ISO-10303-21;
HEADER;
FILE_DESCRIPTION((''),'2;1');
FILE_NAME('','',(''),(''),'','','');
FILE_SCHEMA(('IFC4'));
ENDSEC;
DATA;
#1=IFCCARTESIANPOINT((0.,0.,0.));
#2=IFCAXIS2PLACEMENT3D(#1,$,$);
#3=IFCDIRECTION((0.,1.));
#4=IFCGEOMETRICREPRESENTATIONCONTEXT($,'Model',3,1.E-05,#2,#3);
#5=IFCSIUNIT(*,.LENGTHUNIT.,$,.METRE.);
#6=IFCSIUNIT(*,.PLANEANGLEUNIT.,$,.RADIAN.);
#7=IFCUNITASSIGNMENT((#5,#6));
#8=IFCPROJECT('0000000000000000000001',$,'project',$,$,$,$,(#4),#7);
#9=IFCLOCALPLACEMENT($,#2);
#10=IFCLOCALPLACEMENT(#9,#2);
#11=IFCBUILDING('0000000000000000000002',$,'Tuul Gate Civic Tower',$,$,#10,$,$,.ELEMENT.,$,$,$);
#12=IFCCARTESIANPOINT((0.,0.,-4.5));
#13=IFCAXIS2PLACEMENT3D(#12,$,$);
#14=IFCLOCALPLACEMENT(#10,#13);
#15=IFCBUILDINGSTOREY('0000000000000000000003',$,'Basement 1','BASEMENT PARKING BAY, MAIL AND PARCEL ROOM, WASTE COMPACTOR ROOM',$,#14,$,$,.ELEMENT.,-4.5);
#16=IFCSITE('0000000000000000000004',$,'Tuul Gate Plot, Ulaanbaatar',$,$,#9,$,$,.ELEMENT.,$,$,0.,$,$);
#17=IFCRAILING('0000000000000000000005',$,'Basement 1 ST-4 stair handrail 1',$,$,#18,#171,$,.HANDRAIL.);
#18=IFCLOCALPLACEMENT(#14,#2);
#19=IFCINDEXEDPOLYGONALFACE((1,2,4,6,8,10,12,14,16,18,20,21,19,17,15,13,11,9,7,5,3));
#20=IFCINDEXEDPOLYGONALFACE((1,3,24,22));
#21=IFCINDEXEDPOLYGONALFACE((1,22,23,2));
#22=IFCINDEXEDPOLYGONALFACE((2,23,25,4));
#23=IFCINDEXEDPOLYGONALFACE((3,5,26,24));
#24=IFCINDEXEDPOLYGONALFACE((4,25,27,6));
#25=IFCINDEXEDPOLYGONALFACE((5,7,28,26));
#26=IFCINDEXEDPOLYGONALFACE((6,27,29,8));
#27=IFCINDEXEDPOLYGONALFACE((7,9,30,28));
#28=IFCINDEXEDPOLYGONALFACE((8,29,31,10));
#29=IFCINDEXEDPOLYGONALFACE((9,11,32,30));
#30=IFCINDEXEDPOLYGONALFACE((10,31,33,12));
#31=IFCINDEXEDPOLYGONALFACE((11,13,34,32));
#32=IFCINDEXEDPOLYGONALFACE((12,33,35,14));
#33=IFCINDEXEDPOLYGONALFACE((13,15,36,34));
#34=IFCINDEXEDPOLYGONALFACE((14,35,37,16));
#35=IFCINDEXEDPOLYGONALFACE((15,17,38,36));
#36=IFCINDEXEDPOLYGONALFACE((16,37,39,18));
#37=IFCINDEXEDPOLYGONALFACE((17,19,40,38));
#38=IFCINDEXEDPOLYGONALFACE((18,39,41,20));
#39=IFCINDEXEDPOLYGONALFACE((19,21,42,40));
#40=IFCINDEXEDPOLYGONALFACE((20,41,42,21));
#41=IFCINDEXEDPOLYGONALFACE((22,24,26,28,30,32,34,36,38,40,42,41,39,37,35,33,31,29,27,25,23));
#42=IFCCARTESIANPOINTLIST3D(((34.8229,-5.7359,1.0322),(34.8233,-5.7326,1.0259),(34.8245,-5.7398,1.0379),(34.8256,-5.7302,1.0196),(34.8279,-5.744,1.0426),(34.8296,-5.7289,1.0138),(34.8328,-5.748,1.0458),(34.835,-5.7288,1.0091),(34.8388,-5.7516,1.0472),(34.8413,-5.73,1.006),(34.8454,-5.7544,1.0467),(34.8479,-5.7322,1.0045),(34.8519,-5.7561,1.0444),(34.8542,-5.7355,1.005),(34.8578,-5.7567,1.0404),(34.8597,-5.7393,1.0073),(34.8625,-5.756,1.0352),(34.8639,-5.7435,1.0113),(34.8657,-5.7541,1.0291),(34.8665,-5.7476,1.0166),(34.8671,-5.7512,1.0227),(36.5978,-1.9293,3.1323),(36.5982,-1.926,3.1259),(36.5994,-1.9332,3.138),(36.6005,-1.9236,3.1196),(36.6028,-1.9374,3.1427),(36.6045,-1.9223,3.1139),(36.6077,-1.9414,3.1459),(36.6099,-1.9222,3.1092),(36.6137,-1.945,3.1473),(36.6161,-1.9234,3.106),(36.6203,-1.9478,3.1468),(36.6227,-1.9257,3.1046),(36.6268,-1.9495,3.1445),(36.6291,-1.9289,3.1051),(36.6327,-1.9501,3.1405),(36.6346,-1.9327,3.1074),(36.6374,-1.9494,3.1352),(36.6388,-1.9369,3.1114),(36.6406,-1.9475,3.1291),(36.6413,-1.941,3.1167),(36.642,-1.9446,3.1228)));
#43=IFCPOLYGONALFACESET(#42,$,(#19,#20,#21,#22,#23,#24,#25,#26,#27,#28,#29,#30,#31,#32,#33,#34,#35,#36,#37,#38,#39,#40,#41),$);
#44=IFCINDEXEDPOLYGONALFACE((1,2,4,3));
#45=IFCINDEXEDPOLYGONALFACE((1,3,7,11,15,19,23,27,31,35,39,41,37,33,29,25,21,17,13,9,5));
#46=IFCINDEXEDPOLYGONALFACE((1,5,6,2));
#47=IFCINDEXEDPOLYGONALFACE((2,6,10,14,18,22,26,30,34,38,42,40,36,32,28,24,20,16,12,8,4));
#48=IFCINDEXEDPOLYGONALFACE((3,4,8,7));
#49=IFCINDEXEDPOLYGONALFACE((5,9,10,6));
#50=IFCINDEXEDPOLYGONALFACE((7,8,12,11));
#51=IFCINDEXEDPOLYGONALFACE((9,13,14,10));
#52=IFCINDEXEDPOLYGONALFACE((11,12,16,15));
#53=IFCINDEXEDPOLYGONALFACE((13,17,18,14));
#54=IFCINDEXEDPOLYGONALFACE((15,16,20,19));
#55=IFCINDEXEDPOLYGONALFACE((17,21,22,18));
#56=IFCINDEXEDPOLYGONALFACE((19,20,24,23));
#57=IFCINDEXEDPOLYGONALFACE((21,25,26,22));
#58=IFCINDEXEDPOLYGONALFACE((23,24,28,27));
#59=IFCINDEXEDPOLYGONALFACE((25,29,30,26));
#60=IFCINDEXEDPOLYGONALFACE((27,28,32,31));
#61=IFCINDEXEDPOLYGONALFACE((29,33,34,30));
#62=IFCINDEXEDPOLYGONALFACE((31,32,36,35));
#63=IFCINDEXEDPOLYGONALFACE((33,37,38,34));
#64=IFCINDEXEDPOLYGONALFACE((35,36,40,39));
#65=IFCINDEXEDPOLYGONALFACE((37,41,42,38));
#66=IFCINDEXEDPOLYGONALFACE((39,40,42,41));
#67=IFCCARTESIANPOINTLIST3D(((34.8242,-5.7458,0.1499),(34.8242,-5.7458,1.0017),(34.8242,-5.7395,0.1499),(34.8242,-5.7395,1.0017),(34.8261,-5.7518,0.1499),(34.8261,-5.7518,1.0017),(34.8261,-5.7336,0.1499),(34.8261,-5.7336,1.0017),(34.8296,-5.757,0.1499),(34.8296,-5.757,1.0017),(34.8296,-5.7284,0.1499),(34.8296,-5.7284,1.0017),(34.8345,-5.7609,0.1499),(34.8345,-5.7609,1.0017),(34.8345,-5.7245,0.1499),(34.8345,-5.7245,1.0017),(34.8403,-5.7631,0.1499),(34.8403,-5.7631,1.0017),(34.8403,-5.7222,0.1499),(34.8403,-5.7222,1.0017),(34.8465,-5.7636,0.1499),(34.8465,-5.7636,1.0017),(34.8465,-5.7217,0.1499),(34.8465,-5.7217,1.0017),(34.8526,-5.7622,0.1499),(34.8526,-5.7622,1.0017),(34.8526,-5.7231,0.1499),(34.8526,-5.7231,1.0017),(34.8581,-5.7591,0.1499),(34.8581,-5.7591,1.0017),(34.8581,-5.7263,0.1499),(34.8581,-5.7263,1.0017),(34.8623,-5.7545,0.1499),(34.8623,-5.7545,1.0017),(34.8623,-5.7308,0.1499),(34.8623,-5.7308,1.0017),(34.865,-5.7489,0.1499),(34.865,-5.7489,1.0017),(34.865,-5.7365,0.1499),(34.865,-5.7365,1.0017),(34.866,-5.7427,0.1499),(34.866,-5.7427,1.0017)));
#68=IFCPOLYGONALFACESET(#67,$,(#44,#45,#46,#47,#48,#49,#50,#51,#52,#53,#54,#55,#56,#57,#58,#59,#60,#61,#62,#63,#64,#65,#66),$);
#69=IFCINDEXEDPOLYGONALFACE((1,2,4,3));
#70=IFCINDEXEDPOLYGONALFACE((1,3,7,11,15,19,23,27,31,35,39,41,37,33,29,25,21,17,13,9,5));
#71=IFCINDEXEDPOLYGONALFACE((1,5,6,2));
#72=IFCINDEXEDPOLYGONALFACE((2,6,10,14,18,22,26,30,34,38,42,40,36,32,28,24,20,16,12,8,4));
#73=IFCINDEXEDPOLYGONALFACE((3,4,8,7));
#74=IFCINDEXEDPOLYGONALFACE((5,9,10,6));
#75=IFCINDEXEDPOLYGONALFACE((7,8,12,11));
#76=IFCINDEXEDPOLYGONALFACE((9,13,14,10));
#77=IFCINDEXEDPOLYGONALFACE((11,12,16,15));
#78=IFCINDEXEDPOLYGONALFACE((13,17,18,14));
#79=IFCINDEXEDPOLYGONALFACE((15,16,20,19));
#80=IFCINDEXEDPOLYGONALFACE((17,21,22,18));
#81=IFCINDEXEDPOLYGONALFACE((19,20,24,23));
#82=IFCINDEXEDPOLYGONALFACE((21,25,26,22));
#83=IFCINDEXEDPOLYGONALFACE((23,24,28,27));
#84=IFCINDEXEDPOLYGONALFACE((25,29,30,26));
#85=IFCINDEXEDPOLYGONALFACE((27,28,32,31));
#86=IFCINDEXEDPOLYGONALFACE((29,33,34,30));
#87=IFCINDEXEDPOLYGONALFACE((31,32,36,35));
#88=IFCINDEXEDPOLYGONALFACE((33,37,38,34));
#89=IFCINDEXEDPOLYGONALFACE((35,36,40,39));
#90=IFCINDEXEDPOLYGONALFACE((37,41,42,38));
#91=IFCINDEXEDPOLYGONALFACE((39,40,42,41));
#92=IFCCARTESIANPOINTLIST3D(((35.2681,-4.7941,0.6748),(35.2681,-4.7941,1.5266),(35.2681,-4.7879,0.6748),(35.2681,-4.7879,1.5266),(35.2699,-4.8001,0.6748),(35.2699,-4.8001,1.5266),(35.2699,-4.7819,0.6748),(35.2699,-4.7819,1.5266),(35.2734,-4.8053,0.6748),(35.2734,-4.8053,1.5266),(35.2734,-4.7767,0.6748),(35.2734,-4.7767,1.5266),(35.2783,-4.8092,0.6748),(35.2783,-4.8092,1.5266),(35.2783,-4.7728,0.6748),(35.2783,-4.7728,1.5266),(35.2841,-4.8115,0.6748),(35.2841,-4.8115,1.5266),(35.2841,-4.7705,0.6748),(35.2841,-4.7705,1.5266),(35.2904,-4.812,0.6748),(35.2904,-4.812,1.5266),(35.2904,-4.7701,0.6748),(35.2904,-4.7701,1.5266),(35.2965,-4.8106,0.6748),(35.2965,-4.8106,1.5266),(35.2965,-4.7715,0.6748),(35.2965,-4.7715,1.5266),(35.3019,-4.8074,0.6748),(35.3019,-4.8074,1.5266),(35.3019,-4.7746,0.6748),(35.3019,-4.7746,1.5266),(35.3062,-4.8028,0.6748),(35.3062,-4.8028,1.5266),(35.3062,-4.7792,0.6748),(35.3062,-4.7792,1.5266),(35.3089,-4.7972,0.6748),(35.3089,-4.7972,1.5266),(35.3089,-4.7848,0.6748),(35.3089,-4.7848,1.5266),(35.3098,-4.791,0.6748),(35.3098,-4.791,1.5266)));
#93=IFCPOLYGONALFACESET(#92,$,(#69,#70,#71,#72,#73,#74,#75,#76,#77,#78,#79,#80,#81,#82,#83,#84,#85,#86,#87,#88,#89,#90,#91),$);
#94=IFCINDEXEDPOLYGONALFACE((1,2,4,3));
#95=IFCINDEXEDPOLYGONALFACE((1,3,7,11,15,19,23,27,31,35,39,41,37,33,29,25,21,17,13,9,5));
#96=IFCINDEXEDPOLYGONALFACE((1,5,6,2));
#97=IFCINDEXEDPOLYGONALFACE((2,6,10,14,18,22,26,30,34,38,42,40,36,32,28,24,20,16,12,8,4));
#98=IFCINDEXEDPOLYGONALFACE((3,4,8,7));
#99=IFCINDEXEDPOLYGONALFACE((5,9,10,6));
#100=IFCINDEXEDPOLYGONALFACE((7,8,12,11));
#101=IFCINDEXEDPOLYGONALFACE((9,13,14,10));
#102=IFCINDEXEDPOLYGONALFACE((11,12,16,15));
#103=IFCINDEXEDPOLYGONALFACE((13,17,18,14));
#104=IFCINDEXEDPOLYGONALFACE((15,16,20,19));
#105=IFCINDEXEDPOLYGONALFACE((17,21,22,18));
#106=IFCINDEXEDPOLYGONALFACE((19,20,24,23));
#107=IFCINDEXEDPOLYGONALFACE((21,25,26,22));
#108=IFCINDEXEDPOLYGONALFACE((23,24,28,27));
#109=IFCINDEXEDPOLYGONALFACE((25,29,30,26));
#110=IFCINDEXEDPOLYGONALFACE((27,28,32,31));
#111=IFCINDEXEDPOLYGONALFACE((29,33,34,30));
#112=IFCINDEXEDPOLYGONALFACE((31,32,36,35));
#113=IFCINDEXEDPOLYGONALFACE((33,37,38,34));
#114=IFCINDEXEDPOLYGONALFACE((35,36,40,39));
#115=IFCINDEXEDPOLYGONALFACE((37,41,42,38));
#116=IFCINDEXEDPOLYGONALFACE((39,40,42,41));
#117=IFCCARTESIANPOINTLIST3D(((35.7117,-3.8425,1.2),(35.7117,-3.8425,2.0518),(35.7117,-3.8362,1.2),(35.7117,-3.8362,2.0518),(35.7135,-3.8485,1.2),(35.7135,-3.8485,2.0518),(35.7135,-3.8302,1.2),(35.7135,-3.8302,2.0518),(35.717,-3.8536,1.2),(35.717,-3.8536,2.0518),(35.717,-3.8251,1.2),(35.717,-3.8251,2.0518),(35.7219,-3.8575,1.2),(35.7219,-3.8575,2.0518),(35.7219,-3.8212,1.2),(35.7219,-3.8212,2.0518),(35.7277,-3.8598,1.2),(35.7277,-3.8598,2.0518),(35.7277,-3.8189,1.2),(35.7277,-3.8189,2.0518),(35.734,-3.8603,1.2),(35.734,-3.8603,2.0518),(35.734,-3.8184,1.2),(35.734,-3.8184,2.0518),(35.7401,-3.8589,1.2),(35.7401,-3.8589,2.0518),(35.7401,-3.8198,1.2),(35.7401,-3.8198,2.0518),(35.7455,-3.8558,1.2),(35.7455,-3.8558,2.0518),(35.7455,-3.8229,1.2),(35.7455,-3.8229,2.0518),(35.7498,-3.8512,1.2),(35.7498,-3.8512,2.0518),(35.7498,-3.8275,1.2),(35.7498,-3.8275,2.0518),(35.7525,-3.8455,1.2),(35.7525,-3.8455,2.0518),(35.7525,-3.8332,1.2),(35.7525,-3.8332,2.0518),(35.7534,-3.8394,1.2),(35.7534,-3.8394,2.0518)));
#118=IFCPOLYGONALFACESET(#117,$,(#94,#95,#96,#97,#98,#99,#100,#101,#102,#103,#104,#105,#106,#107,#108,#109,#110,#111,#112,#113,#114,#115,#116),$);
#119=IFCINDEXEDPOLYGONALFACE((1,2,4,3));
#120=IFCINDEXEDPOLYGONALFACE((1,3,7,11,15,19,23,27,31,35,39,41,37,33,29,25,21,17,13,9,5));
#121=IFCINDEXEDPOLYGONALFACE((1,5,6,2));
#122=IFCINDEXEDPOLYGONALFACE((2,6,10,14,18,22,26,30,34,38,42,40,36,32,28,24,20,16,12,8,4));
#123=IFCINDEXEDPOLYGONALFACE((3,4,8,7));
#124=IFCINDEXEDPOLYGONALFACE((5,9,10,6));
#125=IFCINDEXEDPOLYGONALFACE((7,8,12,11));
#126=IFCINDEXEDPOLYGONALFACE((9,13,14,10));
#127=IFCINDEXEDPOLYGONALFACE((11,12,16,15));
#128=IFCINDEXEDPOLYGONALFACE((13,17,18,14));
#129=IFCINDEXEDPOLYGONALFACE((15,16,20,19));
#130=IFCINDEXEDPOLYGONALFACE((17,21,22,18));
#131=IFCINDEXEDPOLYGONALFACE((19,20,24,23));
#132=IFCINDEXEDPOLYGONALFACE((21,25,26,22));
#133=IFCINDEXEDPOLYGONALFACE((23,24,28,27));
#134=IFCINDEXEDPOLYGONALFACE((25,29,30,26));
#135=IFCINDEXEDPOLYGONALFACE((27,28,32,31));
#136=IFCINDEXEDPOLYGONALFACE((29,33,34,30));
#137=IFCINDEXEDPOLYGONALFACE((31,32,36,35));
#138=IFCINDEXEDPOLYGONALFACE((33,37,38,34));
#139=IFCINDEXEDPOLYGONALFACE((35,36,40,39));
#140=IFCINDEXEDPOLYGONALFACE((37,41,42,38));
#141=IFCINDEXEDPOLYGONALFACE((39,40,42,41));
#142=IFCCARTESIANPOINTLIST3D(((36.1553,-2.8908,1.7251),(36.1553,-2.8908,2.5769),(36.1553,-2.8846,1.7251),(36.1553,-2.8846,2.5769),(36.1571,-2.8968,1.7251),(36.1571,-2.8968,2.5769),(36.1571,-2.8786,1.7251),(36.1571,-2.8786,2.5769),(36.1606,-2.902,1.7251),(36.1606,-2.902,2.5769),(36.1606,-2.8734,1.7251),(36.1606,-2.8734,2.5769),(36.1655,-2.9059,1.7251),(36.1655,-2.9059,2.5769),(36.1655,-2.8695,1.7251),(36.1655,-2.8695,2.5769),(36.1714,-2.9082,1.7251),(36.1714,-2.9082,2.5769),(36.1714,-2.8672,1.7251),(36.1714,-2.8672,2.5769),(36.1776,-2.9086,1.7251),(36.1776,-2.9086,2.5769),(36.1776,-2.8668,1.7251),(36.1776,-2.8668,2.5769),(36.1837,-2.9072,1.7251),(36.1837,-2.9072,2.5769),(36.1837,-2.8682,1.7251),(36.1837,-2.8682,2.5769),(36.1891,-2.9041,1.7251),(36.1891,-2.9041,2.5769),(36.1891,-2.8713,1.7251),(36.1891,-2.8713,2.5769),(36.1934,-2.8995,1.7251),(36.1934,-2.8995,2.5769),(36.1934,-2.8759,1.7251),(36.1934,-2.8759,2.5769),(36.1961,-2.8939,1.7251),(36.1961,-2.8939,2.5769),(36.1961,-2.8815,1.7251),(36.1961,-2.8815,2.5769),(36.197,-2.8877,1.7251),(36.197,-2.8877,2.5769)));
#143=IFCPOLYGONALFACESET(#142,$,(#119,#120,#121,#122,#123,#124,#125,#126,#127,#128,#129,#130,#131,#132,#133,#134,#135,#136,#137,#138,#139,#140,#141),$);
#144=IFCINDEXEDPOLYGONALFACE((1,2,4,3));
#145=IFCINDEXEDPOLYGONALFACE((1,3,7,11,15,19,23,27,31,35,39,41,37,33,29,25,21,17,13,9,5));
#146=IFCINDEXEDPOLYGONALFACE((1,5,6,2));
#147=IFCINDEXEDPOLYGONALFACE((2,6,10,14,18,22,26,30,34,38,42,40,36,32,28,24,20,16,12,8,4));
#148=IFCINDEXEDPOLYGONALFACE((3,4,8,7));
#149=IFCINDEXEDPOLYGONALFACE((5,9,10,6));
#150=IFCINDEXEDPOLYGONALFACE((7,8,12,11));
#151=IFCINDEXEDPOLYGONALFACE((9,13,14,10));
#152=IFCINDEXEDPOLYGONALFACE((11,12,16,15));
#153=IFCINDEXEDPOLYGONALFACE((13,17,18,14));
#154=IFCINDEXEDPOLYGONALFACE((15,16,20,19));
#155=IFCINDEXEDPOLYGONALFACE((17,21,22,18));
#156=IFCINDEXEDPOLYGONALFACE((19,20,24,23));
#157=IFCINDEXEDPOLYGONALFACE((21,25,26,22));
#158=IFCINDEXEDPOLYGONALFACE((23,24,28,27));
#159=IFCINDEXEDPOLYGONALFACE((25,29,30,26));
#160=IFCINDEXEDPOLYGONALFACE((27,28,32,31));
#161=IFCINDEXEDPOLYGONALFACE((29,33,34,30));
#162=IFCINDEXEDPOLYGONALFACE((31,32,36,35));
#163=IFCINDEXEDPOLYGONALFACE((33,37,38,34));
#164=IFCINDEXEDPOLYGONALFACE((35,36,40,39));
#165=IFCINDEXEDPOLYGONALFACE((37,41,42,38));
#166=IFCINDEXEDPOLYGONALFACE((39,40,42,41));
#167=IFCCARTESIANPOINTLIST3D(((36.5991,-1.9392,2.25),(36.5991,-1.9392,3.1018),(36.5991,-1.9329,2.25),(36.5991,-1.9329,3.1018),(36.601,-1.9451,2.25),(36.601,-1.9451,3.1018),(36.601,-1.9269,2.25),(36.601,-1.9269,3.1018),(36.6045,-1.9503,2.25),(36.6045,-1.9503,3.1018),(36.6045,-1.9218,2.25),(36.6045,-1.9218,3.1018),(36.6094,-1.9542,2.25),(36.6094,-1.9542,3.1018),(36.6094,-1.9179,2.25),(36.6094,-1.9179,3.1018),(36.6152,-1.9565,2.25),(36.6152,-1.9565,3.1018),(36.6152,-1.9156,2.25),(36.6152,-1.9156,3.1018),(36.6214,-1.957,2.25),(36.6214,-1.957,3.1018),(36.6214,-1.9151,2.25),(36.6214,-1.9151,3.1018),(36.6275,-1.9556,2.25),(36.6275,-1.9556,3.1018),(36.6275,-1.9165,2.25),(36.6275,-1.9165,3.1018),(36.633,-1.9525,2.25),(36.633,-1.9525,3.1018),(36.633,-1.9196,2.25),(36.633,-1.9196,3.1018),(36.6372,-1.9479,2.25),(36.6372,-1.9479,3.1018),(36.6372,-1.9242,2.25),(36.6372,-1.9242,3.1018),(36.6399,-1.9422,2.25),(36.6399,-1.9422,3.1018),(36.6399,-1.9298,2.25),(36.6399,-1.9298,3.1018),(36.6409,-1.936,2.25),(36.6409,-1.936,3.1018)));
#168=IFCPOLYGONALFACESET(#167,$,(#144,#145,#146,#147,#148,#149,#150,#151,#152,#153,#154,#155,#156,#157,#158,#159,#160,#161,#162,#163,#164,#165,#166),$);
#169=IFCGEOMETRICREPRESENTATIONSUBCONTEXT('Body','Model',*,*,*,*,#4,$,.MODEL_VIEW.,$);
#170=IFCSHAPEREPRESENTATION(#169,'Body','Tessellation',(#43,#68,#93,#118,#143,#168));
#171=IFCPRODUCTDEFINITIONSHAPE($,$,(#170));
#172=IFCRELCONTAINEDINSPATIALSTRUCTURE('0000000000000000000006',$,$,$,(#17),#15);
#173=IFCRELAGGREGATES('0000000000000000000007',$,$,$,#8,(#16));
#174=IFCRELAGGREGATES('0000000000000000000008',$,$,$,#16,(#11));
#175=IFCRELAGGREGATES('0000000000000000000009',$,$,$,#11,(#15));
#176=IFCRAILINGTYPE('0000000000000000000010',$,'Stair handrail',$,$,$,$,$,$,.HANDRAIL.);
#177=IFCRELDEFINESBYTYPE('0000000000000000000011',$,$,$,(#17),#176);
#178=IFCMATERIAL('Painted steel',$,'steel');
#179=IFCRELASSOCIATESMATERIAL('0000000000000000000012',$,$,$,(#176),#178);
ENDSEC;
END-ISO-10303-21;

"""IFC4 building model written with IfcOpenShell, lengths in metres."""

from ifc_helpers import new_model, si_unit, direction, frame, origin, origin_2d, place, context, subcontext, project, spatial, circle, extrude, material, type_object, element, save


model = new_model("IFC4")

# Units and contexts
model_context = context("Model", 3, precision=1e-05, world=origin(), true_north=direction((0.0, 1.0)))
body_context = subcontext(model_context, "Body", "Model", "MODEL_VIEW")
ifc_project = project(units=[si_unit("LENGTHUNIT", "METRE"), si_unit("PLANEANGLEUNIT", "RADIAN")], contexts=[model_context])

# Site, building, storey
site_placement = place(None, origin())
site = spatial("IfcSite", under=ifc_project, at=site_placement, Name="Tuul Gate Plot, Ulaanbaatar", CompositionType="ELEMENT", RefElevation=0.0)
building_placement = place(site_placement, origin())
building = spatial("IfcBuilding", under=site, at=building_placement, Name="Tuul Gate Civic Tower", CompositionType="ELEMENT")
storey_placement = place(building_placement, frame((0.0, 0.0, -4.5)))
storey = spatial("IfcBuildingStorey", under=building, at=storey_placement, Name="Basement 1", Description="BASEMENT PARKING BAY, MAIL AND PARCEL ROOM, WASTE COMPACTOR ROOM", CompositionType="ELEMENT", Elevation=-4.5)

# Railing
ifc_material_1 = material(Name="Painted steel", Category="steel")
railing_type_1 = type_object("IfcRailingType", Name="Stair handrail", PredefinedType="HANDRAIL", material=ifc_material_1)
railing_1_placement = place(storey_placement, frame((34.845, -5.7427, 0.1499)))
element("IfcRailing", 1, at=railing_1_placement, inside=storey, type_object=railing_type_1, Name="Basement 1 ST-4 stair handrail 1", PredefinedType="HANDRAIL", context=body_context, shape_type="SweptSolid", body=[
    extrude(circle(Radius=0.0239, at=origin_2d()), frame((0.0, 0.0, 0.876), z_axis=(0.377971, 0.810636, 0.447222), x_axis=(-0.906323, 0.422586, 0.0)), (0.0, 0.0, 1.0), 4.6958),
    extrude(circle(Radius=0.021, at=origin_2d()), origin(), (0.0, 0.0, 1.0), 0.8518),
    extrude(circle(Radius=0.021, at=origin_2d()), frame((0.4438, 0.9517, 0.5249)), (0.0, 0.0, 1.0), 0.8518),
    extrude(circle(Radius=0.021, at=origin_2d()), frame((0.8875, 1.9033, 1.05)), (0.0, 0.0, 1.0), 0.8518),
    extrude(circle(Radius=0.021, at=origin_2d()), frame((1.3311, 2.855, 1.5752)), (0.0, 0.0, 1.0), 0.8518),
    extrude(circle(Radius=0.021, at=origin_2d()), frame((1.7749, 3.8066, 2.1001)), (0.0, 0.0, 1.0), 0.8518),
])

save(model, "model.ifc")
